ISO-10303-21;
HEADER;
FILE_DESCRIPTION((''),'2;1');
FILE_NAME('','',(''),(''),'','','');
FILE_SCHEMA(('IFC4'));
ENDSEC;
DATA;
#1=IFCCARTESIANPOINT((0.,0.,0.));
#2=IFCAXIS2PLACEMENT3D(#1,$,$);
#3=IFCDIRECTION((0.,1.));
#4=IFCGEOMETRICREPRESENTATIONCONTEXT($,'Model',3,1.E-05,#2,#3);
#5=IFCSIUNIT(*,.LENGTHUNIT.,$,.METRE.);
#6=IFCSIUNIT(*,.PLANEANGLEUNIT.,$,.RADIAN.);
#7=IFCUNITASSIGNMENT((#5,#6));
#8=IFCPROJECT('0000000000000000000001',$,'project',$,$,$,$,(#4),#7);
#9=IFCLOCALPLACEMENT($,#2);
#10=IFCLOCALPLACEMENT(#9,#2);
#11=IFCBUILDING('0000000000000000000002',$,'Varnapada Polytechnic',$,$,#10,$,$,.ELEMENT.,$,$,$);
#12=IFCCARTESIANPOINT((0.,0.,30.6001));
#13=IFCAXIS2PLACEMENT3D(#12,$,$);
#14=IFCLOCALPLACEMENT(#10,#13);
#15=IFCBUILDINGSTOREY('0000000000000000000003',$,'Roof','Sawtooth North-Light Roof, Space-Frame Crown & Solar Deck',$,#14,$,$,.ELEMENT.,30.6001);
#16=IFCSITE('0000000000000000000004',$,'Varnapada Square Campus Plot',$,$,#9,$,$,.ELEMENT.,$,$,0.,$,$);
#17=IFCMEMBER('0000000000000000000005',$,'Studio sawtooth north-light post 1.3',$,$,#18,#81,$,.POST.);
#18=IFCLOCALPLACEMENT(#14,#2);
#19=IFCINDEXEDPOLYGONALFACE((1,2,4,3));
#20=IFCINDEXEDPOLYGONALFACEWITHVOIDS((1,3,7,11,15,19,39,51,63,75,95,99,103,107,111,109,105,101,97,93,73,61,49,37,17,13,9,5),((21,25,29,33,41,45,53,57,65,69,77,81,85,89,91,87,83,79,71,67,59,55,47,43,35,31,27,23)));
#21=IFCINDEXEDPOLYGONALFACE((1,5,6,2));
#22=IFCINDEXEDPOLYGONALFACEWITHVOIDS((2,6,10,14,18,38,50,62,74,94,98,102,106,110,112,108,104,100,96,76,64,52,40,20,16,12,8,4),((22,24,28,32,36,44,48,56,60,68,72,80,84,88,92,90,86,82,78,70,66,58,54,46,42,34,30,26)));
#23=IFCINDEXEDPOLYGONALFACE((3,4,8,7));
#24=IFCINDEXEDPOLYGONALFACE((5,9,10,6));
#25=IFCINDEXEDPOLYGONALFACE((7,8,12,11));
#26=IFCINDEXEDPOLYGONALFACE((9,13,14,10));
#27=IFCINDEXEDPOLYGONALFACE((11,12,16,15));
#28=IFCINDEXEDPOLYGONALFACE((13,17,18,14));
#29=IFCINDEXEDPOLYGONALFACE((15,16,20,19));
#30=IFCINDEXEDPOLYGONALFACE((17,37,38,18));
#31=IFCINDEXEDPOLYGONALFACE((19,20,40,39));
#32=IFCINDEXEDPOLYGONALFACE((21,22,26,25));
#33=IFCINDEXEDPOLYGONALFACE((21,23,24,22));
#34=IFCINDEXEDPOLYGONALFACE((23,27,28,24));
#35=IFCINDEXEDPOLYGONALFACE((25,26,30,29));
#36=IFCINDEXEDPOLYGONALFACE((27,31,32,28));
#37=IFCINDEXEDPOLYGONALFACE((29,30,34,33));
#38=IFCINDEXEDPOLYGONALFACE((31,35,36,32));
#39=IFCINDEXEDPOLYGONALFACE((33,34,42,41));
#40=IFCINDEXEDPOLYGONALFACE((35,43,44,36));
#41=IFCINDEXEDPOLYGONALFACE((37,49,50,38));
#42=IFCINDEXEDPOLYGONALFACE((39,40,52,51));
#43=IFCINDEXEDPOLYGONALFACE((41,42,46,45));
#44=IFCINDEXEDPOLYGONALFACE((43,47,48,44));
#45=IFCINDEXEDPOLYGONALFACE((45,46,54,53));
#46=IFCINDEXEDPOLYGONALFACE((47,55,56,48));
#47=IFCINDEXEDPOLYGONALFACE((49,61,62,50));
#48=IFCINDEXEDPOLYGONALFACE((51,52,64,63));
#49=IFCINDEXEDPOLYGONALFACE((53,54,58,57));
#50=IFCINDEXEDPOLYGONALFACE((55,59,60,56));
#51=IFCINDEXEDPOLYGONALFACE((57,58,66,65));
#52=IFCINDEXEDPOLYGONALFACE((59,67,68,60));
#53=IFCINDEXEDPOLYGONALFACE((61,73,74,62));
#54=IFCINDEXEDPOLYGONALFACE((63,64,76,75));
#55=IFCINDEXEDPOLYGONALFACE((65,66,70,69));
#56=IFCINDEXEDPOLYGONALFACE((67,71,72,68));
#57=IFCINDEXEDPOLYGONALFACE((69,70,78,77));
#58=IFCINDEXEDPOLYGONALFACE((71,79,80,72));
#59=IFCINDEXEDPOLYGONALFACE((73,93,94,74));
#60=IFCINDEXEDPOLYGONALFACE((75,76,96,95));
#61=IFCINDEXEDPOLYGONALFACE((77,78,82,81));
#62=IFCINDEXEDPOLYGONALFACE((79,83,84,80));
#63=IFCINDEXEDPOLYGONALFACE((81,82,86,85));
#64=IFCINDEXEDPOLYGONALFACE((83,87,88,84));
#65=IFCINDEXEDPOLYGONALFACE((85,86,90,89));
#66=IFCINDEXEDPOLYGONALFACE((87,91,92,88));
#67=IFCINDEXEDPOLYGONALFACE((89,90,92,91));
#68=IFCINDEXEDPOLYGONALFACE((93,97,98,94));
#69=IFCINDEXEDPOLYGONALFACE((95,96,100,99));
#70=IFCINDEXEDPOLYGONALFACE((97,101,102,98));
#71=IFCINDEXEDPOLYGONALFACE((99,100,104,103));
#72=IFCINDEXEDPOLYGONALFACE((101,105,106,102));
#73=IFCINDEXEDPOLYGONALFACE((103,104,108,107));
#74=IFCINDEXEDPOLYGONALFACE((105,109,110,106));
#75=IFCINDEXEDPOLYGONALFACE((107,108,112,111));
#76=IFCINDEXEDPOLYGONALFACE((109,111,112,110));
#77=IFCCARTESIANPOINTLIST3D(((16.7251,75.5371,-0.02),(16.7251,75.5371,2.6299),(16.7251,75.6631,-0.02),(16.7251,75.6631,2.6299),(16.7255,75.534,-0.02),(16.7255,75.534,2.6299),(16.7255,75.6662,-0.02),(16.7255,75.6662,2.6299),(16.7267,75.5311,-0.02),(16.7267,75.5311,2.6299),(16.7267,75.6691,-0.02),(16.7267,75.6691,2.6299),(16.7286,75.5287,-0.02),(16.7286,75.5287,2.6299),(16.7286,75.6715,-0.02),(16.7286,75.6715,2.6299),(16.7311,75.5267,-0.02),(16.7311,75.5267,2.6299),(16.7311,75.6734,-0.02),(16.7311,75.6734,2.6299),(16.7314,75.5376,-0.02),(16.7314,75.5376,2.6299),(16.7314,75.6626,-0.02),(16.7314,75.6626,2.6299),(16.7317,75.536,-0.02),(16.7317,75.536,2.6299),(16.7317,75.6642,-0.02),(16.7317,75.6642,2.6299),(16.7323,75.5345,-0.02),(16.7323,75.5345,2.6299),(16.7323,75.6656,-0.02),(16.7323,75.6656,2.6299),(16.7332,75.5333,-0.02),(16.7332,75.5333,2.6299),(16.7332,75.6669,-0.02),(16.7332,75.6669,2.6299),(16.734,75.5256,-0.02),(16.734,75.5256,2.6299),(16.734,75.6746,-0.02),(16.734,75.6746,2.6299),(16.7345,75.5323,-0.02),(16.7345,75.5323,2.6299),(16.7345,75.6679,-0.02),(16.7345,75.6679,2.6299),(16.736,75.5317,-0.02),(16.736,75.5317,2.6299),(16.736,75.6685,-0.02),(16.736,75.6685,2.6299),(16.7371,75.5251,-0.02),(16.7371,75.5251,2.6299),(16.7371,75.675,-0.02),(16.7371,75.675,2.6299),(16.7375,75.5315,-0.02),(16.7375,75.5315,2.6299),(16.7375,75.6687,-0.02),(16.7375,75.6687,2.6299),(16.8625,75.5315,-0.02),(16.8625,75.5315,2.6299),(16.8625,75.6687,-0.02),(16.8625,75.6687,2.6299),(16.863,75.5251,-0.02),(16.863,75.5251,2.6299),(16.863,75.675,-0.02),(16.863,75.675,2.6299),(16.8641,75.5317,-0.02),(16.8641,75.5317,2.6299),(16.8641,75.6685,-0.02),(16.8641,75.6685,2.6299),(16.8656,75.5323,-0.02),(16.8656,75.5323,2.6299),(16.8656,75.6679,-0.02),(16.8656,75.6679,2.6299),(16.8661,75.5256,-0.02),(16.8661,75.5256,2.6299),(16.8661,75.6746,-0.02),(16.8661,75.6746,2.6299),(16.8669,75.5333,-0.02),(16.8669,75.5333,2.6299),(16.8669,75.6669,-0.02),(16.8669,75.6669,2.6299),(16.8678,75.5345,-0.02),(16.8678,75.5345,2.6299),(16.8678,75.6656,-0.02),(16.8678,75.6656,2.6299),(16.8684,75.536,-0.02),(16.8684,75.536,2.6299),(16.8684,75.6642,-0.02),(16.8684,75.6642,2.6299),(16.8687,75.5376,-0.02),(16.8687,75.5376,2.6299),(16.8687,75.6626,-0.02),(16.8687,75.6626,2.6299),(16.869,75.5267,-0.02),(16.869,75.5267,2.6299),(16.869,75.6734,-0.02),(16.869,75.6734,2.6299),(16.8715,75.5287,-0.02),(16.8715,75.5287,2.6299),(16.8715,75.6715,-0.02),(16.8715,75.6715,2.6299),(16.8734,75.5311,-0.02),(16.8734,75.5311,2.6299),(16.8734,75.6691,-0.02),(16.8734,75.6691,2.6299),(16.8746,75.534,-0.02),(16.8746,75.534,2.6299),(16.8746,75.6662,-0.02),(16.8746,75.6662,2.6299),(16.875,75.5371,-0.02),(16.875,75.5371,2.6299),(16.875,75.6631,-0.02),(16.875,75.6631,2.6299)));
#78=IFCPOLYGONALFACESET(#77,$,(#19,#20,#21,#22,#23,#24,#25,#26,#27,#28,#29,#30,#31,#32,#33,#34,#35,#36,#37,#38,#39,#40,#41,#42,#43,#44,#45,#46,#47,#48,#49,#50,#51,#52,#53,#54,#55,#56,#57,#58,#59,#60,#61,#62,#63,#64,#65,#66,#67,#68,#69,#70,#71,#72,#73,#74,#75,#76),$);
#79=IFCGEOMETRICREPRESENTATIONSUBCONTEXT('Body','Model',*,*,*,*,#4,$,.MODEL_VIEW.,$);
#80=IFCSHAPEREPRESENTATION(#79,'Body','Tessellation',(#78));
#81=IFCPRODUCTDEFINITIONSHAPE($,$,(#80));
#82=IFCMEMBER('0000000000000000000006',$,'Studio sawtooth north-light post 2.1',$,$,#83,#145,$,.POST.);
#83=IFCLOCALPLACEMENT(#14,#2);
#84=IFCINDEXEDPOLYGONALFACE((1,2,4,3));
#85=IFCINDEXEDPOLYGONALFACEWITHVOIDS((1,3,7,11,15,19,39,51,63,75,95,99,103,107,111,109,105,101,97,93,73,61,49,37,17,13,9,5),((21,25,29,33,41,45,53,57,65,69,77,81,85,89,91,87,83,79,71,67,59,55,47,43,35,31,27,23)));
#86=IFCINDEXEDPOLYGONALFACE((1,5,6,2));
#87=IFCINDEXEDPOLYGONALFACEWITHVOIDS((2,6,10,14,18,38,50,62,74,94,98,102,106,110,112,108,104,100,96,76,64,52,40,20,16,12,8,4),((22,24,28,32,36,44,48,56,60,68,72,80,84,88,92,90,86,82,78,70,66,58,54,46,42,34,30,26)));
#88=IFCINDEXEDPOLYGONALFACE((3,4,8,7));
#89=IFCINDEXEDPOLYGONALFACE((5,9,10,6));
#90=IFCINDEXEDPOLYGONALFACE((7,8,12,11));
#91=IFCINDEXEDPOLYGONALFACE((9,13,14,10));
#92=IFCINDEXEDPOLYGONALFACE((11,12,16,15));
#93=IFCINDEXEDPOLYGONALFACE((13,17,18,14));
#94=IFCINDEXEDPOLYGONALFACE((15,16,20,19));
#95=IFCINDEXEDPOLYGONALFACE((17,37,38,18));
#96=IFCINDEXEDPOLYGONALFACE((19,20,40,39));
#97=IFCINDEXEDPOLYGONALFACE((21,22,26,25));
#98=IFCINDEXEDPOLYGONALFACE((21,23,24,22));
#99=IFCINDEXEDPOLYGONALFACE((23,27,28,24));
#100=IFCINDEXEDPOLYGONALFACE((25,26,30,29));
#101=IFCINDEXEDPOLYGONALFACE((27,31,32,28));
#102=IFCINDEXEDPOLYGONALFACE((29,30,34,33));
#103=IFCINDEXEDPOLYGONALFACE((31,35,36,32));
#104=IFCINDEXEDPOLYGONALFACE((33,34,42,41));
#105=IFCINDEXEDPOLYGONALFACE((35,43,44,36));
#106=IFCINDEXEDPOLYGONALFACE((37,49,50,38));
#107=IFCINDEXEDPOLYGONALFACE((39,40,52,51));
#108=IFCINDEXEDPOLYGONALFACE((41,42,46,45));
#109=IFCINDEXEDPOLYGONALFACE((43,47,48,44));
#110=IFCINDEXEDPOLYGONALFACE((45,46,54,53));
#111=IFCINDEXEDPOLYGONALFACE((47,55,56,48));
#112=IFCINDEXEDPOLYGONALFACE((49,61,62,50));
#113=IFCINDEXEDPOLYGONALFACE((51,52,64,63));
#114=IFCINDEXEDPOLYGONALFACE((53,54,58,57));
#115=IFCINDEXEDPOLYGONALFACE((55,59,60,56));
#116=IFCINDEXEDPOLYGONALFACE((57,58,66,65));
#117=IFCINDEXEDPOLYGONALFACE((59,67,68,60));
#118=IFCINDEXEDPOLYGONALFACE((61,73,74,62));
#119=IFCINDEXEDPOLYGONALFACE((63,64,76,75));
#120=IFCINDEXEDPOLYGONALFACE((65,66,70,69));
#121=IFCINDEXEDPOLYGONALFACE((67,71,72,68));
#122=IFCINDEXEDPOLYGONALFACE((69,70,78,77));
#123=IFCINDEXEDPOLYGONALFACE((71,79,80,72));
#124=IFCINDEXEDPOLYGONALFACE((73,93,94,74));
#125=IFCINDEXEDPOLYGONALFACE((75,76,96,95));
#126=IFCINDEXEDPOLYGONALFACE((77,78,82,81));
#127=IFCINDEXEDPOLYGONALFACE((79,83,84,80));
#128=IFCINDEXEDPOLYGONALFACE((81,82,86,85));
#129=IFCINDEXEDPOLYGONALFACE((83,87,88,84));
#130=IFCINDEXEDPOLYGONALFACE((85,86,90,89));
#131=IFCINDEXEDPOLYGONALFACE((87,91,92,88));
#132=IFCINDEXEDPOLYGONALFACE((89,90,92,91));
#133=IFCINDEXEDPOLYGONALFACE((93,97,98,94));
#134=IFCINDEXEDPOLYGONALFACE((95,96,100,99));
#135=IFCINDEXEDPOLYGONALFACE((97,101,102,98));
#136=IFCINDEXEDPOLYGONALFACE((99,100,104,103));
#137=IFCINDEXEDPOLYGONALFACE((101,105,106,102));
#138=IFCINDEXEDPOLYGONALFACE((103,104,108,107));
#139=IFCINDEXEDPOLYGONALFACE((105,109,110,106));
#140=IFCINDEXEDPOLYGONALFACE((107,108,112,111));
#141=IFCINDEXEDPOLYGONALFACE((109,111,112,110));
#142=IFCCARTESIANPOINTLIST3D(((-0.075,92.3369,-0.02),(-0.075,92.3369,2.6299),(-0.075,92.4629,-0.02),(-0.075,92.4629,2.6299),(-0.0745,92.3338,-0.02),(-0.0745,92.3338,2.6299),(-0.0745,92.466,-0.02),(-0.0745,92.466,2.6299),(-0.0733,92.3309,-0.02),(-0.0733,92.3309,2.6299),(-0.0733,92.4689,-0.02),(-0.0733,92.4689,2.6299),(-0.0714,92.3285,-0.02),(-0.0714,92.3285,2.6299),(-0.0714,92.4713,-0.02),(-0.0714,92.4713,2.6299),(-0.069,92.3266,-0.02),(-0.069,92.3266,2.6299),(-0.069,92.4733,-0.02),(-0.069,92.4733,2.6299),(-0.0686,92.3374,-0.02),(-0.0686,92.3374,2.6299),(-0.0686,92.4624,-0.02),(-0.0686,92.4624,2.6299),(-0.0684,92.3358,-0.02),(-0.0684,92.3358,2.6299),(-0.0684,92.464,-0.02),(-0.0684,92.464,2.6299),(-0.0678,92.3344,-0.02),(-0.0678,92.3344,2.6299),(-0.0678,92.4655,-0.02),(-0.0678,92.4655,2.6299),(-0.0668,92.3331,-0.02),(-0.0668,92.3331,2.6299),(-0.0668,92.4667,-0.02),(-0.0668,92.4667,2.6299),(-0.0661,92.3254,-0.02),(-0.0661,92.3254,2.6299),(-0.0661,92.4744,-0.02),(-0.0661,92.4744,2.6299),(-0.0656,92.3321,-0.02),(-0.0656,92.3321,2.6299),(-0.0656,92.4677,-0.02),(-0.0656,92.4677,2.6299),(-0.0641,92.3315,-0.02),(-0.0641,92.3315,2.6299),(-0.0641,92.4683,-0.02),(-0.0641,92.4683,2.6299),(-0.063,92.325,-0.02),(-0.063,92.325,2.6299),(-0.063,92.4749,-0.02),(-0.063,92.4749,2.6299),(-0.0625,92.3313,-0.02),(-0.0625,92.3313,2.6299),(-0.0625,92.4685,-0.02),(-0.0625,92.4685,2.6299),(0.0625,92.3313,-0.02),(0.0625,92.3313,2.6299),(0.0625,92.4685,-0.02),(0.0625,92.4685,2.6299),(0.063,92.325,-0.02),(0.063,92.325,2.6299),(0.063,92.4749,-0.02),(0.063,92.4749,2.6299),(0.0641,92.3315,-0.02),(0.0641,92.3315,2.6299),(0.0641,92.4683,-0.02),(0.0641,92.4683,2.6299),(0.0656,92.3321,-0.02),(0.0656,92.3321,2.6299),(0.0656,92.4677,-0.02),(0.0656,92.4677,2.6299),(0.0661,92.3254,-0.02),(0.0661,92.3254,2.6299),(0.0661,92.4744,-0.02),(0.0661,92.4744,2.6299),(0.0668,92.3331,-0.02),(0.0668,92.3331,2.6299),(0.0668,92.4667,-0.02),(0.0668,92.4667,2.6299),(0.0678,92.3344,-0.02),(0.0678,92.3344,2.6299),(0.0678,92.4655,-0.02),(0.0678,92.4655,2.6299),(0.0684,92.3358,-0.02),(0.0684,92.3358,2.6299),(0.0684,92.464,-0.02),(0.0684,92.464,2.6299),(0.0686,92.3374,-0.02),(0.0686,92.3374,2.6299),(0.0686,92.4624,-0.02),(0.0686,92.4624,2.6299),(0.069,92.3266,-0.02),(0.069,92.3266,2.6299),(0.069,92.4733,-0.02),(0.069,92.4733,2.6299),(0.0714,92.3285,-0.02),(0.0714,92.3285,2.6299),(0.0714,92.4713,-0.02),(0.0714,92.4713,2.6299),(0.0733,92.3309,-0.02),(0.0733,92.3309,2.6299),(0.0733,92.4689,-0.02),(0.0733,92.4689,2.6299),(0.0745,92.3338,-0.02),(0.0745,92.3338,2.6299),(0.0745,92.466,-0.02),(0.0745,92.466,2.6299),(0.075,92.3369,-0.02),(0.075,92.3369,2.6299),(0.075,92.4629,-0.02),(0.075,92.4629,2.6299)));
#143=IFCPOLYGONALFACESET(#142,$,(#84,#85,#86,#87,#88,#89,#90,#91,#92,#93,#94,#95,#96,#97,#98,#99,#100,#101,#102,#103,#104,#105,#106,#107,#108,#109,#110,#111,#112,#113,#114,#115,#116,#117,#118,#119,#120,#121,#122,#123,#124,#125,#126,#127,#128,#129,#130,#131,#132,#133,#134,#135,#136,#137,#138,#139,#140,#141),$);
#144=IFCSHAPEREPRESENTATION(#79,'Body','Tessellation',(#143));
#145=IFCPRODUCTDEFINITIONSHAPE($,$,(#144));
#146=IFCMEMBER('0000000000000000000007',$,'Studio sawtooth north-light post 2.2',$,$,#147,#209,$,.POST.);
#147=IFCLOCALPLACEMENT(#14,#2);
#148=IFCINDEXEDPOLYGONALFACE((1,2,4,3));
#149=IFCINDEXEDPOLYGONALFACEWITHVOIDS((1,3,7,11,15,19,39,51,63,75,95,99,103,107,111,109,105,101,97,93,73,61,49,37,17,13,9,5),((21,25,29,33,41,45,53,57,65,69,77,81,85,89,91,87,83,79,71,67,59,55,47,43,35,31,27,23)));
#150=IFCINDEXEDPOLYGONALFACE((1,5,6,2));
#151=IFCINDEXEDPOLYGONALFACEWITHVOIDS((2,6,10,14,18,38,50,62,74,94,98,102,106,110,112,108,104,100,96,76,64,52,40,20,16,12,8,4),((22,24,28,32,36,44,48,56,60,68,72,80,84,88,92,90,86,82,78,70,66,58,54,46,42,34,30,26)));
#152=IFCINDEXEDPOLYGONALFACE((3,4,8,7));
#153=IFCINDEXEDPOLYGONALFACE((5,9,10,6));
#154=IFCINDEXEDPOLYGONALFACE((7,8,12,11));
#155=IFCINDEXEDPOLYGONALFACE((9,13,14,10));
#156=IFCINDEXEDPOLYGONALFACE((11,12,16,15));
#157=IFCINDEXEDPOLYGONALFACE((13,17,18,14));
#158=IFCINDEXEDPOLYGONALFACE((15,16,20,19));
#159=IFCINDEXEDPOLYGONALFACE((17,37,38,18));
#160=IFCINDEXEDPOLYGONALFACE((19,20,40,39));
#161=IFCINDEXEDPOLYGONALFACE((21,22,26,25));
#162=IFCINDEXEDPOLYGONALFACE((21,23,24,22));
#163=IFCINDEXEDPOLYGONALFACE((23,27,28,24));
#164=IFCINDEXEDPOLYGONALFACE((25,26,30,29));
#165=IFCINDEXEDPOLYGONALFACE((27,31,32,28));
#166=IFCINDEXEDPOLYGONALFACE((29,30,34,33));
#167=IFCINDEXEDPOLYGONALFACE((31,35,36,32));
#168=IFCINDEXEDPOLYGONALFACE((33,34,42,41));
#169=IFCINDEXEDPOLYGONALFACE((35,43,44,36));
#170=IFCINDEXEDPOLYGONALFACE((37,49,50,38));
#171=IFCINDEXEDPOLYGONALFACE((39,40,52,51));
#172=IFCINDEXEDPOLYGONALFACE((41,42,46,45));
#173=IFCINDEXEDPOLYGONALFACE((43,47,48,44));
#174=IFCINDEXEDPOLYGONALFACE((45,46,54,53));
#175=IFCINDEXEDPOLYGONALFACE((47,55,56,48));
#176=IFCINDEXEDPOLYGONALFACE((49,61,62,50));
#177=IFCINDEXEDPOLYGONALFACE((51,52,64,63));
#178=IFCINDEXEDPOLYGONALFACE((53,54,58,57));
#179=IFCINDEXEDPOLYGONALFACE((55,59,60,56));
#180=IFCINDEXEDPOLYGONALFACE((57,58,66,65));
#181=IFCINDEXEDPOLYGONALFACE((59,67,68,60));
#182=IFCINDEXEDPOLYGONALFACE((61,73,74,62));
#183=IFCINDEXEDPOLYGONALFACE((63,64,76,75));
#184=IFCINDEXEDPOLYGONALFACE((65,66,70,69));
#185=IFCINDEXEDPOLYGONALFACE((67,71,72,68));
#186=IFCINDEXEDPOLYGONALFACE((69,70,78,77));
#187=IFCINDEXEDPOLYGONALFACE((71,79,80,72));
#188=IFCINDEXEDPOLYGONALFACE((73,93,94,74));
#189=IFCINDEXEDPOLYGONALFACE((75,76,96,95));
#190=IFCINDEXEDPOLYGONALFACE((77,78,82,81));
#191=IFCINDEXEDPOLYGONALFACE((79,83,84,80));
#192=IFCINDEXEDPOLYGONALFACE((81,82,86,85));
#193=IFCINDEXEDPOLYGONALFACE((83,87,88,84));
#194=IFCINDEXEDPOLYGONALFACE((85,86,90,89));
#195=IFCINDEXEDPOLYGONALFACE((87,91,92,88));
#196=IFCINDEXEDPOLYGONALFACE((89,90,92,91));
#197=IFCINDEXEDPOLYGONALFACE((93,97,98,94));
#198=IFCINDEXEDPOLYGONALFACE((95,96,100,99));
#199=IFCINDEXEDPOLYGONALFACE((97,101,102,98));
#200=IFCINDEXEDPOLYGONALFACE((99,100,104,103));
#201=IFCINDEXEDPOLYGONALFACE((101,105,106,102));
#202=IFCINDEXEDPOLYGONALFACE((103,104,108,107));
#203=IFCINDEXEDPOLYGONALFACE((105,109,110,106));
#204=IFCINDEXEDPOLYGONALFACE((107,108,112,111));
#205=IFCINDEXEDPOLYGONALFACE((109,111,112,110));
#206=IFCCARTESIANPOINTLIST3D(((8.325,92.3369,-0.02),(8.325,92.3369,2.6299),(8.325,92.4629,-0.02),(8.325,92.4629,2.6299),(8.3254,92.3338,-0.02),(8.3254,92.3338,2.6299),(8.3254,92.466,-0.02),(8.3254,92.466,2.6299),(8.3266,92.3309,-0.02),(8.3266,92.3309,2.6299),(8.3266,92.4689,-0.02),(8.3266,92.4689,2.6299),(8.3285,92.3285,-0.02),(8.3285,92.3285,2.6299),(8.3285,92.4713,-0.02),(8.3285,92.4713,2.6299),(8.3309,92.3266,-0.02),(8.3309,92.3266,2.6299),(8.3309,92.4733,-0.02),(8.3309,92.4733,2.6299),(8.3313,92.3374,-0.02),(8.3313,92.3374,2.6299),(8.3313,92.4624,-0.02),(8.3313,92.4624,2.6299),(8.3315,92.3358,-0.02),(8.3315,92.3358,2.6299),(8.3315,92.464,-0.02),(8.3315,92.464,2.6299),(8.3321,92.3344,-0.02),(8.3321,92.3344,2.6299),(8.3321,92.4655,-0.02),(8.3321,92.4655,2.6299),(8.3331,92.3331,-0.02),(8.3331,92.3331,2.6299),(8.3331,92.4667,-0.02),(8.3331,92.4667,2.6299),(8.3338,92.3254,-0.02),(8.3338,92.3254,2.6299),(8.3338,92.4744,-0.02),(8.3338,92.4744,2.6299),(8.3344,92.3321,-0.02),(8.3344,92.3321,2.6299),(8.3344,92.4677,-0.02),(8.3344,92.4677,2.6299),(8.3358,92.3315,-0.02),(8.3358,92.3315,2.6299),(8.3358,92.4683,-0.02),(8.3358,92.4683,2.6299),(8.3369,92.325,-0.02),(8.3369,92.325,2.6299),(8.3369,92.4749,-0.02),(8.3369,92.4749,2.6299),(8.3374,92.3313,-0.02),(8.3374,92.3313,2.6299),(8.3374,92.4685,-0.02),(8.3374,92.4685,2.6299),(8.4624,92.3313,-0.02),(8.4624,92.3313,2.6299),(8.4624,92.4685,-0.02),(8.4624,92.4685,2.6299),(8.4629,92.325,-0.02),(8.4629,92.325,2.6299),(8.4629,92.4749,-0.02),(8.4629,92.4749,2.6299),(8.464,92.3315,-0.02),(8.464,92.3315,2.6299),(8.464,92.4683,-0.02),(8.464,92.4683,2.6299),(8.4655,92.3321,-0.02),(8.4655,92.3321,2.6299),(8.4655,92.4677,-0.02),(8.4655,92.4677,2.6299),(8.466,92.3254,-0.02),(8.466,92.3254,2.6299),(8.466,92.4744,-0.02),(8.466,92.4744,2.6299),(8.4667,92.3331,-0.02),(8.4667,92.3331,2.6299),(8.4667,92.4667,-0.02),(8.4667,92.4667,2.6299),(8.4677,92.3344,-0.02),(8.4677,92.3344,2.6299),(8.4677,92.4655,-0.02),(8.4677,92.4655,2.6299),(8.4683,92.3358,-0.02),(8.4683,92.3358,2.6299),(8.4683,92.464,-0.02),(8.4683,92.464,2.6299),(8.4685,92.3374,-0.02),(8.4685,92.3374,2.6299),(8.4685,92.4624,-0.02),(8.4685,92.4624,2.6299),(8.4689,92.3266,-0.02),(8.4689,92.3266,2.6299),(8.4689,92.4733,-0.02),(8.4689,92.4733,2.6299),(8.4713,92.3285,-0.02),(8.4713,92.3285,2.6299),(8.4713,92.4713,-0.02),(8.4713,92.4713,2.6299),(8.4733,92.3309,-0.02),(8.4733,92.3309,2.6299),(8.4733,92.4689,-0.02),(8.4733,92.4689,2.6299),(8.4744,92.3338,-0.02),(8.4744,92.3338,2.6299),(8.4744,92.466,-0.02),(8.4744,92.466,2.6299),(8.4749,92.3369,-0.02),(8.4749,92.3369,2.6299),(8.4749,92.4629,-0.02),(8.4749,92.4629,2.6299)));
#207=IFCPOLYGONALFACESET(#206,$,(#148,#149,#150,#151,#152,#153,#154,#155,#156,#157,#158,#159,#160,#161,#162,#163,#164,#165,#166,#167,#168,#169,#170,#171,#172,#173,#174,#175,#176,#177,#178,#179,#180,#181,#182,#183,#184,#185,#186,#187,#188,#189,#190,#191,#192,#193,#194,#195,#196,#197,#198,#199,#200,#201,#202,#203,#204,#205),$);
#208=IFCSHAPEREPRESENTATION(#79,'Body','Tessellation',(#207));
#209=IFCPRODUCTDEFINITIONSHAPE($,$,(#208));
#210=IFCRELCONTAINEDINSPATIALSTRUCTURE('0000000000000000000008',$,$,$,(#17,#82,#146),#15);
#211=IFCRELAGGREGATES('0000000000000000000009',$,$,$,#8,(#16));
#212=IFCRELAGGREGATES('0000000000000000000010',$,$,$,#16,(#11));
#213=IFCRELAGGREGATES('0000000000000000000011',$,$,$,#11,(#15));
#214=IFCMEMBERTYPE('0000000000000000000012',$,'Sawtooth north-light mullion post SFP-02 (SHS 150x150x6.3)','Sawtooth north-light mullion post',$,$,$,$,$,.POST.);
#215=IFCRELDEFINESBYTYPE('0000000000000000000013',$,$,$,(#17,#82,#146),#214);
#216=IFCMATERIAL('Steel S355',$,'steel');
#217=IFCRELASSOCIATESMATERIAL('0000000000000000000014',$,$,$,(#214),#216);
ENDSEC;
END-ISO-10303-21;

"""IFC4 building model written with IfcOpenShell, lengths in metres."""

from ifc_helpers import new_model, si_unit, direction, frame, origin, origin_2d, place, context, subcontext, project, spatial, hollow_rectangle, extrude, material, material_profile, profile_set, type_object, element, save


model = new_model("IFC4")

# Units and contexts
model_context = context("Model", 3, precision=1e-05, world=origin(), true_north=direction((0.0, 1.0)))
body_context = subcontext(model_context, "Body", "Model", "MODEL_VIEW")
ifc_project = project(units=[si_unit("LENGTHUNIT", "METRE"), si_unit("PLANEANGLEUNIT", "RADIAN")], contexts=[model_context])

# Site, building, storey
site_placement = place(None, origin())
site = spatial("IfcSite", under=ifc_project, at=site_placement, Name="Varnapada Square Campus Plot", CompositionType="ELEMENT", RefElevation=0.0)
building_placement = place(site_placement, origin())
building = spatial("IfcBuilding", under=site, at=building_placement, Name="Varnapada Polytechnic", CompositionType="ELEMENT")
storey_placement = place(building_placement, frame((0.0, 0.0, 30.6001)))
storey = spatial("IfcBuildingStorey", under=building, at=storey_placement, Name="Roof", Description="Sawtooth North-Light Roof, Space-Frame Crown & Solar Deck", CompositionType="ELEMENT", Elevation=30.6001)

# Members
ifc_material_1 = material(Name="Steel S355", Category="steel")
ifc_material_profile_1 = material_profile(ifc_material_1, hollow_rectangle(XDim=0.1499, YDim=0.1499, WallThickness=0.0063, InnerFilletRadius=0.0061, OuterFilletRadius=0.012, at=origin_2d()), Name="SHS 150x150x6.3")
ifc_profile_set_1 = profile_set([ifc_material_profile_1], Name="Steel S355")
member_type = type_object("IfcMemberType", Name="Sawtooth north-light mullion post SFP-02 (SHS 150x150x6.3)", Description="Sawtooth north-light mullion post", PredefinedType="POST", material=ifc_profile_set_1)
for number, where, z_axis, x_axis, name in (
    (1, (16.8, 75.6001, -0.02), (0.0, 0.0, 1.0), (1.0, 0.0, 0.0), "Studio sawtooth north-light post 1.3"),
    (2, (0.0, 92.3999, -0.02), (0.0, 0.0, 1.0), (1.0, 0.0, 0.0), "Studio sawtooth north-light post 2.1"),
    (3, (8.3999, 92.3999, -0.02), (0.0, 0.0, 1.0), (1.0, 0.0, 0.0), "Studio sawtooth north-light post 2.2"),
):
    element("IfcMember", number, at=place(storey_placement, frame(where, z_axis=z_axis, x_axis=x_axis)), inside=storey, type_object=member_type, Name=name, PredefinedType="POST", context=body_context, shape_type="SweptSolid", body=[
        extrude(hollow_rectangle(XDim=0.1499, YDim=0.1499, WallThickness=0.0063, InnerFilletRadius=0.0061, OuterFilletRadius=0.012, at=origin_2d()), origin(), (0.0, 0.0, 1.0), 2.6499),
    ])

save(model, "model.ifc")
